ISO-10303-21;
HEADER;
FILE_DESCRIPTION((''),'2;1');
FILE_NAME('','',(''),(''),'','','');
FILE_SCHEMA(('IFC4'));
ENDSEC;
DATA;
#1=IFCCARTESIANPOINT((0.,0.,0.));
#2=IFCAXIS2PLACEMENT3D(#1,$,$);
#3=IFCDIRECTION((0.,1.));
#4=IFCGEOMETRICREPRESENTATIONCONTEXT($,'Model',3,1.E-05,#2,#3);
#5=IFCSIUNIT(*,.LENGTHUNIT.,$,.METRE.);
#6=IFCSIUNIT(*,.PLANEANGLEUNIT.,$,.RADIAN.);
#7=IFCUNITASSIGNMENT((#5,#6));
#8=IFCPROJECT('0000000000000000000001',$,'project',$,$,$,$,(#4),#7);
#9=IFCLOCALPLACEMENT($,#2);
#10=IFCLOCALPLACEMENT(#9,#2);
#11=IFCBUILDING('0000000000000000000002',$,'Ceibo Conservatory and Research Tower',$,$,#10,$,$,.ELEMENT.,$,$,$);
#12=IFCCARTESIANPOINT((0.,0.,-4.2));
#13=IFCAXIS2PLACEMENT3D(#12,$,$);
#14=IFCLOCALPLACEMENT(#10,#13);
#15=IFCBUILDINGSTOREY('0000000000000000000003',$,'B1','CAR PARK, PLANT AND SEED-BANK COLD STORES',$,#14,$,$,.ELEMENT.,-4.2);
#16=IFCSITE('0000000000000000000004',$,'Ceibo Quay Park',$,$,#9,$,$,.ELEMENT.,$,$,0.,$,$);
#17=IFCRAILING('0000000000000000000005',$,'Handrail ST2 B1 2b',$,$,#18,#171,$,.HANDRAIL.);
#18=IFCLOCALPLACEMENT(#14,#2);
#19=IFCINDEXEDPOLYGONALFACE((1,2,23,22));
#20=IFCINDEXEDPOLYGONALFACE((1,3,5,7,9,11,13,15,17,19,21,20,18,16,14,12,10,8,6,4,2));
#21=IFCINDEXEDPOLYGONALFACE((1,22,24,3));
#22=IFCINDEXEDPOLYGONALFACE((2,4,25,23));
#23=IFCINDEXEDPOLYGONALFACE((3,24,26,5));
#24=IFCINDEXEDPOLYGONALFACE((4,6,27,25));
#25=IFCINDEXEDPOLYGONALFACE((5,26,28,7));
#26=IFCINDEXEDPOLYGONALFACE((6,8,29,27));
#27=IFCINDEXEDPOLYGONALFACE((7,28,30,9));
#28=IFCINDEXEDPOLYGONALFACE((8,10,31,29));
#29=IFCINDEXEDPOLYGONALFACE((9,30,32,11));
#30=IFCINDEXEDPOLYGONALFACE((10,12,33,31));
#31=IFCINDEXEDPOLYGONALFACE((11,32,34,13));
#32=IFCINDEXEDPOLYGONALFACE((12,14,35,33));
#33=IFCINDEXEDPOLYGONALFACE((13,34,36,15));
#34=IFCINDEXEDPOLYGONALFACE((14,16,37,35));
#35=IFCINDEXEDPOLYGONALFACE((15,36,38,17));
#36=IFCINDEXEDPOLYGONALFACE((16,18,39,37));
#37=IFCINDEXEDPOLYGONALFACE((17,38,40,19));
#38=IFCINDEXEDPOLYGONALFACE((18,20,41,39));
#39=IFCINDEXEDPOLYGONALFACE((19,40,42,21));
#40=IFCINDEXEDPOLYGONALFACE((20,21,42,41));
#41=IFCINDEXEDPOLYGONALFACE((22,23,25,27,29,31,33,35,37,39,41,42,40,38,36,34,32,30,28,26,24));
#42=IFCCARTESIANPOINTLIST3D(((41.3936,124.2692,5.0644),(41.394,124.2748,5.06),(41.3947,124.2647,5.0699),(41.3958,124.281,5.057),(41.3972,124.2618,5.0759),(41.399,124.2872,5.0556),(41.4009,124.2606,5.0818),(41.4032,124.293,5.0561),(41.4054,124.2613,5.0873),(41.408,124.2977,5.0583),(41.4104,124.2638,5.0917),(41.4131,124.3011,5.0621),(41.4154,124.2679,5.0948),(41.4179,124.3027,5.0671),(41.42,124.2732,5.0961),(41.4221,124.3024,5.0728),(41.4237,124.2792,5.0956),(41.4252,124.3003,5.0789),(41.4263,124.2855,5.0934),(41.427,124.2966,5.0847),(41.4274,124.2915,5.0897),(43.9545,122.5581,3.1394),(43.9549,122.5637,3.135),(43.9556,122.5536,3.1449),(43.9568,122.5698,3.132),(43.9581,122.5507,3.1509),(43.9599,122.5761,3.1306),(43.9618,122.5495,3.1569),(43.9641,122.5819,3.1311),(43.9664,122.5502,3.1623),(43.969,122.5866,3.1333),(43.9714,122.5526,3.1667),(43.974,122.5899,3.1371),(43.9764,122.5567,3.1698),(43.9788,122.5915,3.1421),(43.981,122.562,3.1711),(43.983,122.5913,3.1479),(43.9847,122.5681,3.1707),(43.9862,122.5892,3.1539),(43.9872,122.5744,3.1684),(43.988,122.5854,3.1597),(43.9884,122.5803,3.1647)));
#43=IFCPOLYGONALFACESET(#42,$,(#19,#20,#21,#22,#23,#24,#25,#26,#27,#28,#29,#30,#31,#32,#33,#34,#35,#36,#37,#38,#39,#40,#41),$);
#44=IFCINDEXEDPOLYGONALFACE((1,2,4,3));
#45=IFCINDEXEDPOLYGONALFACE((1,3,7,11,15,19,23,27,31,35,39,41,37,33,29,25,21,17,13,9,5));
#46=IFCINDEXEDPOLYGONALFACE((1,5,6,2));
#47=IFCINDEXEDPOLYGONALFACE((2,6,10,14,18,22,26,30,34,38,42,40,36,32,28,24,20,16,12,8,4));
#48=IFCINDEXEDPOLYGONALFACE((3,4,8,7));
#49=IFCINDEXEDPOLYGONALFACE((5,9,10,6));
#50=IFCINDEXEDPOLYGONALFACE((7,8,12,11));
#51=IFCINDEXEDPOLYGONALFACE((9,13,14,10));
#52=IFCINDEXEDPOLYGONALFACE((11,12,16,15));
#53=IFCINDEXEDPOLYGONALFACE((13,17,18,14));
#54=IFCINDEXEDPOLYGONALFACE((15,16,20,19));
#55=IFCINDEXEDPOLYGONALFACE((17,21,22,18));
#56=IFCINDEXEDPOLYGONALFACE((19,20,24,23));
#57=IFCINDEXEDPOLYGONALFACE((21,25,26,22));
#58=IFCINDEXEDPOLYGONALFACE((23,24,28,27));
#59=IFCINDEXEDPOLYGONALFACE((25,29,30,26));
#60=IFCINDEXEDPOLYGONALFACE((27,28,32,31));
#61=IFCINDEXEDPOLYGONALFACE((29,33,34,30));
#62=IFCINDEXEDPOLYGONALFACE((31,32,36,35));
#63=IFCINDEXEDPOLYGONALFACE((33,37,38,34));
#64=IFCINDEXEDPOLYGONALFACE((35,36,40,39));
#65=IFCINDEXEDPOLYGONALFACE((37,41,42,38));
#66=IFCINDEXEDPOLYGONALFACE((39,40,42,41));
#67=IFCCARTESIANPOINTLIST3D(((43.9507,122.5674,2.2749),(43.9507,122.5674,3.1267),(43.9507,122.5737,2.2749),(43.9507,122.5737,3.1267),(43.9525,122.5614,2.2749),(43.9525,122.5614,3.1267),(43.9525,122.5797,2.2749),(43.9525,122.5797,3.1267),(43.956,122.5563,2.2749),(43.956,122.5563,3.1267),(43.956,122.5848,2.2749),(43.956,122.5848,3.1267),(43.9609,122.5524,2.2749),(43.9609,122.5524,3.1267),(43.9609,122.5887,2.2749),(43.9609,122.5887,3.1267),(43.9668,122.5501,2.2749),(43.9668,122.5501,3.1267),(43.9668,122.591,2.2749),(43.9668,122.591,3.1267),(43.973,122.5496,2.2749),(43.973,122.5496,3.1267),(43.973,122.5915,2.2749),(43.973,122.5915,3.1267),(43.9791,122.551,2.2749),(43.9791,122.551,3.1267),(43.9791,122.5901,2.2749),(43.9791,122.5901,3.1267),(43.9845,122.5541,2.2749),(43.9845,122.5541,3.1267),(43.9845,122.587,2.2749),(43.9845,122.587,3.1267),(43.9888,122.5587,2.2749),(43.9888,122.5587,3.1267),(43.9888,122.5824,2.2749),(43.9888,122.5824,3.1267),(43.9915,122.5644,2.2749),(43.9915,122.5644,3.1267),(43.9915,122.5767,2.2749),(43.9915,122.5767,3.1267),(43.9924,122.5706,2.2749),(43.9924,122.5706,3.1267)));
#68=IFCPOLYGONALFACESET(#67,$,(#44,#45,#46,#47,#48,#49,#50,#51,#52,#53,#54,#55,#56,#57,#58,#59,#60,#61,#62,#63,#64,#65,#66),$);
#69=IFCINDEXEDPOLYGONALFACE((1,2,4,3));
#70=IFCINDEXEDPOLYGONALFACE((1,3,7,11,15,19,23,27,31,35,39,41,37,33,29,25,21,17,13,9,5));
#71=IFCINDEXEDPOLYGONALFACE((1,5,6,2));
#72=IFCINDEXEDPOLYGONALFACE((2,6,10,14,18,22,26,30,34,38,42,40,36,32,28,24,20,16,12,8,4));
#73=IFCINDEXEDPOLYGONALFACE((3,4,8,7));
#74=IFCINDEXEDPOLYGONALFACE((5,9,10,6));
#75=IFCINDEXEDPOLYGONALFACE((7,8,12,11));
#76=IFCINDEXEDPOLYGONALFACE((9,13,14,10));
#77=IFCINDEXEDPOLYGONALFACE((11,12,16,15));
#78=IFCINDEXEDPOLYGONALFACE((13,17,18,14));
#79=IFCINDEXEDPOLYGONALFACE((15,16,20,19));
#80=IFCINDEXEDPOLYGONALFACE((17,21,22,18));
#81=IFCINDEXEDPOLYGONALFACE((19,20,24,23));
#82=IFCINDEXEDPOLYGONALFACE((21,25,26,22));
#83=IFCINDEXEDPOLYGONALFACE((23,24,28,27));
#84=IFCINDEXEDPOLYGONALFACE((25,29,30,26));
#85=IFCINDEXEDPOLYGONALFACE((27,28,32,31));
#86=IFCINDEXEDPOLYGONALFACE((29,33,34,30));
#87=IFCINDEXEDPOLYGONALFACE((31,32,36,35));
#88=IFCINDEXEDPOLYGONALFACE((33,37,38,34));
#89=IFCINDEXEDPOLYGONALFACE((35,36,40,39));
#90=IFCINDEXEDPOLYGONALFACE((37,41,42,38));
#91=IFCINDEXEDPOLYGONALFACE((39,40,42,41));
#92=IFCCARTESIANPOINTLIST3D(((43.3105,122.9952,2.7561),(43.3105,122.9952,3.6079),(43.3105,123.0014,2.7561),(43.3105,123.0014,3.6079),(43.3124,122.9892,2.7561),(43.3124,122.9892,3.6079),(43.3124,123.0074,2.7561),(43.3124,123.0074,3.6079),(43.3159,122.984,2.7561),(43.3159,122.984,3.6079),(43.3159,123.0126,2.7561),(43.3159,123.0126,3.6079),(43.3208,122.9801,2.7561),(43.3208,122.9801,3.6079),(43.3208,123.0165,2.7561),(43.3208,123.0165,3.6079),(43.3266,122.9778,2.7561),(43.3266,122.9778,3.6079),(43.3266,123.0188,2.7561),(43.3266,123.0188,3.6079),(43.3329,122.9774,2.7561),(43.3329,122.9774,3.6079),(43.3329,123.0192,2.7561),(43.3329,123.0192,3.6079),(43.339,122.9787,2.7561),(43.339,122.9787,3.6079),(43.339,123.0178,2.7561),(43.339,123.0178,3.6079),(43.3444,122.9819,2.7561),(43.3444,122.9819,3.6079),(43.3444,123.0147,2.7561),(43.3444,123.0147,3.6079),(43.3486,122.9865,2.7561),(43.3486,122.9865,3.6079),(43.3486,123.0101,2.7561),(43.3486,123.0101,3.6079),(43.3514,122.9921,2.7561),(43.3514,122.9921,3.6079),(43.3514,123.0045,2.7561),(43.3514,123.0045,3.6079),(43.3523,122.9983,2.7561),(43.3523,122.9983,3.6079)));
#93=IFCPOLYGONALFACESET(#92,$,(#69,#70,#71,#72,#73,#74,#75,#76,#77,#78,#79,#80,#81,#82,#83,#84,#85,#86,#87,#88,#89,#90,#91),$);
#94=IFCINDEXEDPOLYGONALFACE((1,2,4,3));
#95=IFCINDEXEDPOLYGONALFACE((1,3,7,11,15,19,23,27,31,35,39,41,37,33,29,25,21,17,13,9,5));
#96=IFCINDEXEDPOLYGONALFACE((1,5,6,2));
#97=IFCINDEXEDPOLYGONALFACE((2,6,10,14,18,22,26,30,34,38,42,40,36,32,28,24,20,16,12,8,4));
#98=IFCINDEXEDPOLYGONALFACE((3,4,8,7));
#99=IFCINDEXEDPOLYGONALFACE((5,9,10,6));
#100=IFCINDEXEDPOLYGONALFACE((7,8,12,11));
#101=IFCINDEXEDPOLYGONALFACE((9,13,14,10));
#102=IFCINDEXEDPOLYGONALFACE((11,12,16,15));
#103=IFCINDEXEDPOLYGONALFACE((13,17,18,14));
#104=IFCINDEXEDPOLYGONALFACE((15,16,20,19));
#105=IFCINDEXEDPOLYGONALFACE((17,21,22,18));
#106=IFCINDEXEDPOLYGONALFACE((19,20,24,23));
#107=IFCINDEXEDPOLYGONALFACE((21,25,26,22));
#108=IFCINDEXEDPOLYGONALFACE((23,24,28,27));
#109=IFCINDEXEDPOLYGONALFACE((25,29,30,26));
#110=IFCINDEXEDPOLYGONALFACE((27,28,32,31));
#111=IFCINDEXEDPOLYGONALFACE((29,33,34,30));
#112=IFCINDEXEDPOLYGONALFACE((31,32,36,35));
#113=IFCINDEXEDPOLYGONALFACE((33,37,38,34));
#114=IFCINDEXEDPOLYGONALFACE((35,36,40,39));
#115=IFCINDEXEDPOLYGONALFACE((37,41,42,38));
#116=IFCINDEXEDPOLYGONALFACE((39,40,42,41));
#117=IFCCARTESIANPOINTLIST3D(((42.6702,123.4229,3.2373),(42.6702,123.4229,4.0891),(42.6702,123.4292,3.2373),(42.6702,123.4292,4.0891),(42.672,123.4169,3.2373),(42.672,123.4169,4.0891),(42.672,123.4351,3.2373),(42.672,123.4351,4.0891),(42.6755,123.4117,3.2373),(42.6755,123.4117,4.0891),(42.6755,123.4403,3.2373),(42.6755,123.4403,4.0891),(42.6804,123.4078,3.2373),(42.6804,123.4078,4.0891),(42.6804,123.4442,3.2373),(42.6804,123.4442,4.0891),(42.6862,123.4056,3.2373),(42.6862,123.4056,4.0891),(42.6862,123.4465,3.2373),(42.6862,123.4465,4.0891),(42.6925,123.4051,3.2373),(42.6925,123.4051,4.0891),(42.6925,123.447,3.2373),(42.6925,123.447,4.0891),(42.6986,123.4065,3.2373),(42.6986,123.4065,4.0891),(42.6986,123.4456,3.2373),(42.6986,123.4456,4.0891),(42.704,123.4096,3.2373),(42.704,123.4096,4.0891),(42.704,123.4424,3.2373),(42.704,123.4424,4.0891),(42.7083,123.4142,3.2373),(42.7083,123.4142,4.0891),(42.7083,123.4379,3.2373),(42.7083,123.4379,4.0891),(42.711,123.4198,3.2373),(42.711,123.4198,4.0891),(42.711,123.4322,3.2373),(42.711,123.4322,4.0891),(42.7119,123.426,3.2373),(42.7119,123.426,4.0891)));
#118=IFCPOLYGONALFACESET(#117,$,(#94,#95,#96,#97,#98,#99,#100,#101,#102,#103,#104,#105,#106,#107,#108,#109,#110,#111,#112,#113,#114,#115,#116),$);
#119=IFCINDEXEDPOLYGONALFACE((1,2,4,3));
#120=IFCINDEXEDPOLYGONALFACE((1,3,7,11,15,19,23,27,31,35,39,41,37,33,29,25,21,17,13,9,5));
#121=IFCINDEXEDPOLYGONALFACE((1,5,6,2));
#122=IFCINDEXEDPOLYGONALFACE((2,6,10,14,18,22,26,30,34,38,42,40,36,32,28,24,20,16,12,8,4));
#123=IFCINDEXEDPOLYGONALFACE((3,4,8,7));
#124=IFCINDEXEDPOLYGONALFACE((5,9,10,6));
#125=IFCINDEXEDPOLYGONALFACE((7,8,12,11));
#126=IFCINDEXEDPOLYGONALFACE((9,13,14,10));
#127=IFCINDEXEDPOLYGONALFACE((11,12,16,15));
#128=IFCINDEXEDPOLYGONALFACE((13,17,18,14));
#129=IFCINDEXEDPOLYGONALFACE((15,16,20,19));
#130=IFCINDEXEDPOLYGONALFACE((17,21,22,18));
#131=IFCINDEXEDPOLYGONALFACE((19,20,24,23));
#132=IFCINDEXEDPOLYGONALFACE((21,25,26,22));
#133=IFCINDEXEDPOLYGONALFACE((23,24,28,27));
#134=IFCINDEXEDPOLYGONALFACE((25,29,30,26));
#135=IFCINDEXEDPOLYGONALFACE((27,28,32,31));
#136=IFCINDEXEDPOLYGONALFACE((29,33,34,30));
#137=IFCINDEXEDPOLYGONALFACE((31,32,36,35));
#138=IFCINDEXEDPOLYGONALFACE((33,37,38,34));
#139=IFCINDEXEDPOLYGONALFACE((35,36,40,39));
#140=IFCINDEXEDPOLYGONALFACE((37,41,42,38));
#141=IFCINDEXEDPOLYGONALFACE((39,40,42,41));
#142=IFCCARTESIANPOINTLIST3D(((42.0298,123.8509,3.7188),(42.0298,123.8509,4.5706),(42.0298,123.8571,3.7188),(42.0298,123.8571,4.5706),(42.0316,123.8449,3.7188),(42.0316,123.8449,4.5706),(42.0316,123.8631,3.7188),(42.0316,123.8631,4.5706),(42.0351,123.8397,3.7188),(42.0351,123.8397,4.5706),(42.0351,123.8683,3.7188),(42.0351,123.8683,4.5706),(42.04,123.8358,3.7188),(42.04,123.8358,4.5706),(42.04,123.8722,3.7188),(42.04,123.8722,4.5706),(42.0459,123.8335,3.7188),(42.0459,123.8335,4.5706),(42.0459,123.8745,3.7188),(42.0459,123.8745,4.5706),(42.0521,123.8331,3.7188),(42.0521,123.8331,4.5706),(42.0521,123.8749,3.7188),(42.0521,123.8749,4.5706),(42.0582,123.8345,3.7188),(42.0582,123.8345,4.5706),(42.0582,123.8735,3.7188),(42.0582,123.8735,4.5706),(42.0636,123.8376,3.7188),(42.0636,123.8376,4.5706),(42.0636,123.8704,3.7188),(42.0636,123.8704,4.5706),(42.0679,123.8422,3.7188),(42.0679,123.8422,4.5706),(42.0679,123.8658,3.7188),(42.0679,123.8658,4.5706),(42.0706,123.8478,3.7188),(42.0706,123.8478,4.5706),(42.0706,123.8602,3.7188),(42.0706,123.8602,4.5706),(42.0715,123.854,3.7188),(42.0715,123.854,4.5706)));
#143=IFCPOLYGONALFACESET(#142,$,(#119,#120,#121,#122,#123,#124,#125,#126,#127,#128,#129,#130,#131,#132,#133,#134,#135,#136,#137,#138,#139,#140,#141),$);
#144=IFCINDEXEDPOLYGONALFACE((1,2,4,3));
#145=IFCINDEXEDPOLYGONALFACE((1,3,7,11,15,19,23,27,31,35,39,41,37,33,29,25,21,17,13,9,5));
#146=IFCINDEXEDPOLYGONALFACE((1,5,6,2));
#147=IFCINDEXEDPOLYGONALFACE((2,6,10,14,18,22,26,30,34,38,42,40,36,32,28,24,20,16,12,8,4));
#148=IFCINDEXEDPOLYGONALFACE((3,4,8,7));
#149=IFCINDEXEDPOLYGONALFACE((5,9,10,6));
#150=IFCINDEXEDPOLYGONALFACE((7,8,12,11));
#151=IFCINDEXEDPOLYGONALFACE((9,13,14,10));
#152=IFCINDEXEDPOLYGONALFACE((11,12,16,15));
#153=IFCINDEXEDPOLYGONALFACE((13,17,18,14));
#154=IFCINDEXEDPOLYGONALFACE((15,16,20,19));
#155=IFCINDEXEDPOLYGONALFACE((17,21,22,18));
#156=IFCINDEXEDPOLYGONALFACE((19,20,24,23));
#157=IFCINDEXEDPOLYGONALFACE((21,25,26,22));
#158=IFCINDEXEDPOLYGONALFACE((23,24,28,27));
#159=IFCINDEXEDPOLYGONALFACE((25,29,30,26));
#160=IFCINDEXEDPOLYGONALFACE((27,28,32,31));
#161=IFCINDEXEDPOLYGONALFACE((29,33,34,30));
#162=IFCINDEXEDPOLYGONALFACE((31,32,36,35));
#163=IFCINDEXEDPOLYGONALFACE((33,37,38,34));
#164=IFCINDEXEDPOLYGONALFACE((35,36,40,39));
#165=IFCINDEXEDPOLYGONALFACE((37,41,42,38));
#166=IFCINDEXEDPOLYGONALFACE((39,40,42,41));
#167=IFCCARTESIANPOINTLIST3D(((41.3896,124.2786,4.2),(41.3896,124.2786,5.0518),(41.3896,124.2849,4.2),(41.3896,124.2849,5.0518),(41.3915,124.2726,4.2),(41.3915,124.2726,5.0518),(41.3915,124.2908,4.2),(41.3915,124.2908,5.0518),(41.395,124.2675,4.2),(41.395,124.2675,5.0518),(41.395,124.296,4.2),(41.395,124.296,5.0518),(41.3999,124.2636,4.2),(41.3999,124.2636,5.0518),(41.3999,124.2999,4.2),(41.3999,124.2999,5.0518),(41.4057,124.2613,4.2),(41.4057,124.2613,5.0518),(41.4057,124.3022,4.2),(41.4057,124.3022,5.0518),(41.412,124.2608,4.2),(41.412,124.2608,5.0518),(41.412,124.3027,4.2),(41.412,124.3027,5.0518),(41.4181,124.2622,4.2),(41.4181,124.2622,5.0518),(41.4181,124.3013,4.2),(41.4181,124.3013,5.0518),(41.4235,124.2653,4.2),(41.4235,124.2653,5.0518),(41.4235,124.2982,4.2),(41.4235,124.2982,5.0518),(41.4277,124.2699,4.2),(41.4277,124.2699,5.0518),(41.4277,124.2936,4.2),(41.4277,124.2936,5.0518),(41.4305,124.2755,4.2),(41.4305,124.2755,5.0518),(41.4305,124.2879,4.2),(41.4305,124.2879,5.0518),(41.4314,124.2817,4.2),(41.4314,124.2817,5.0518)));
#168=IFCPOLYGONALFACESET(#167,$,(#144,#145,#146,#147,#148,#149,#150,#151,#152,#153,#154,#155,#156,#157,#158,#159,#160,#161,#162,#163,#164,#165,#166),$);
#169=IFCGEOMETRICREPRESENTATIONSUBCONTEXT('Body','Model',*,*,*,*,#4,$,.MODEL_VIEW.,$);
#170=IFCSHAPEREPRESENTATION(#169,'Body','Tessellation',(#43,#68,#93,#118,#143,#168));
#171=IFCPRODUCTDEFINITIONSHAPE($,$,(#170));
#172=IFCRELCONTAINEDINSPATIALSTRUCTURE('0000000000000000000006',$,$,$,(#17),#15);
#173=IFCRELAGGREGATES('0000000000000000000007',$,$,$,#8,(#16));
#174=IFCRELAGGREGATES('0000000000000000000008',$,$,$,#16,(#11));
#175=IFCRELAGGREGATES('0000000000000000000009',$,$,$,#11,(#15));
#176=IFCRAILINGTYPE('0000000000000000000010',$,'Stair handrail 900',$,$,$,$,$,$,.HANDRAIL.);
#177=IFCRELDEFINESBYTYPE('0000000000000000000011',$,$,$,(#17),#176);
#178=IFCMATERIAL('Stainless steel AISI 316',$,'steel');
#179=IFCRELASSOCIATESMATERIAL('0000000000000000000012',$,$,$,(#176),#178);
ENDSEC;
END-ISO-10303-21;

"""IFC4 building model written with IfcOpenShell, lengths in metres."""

from ifc_helpers import new_model, si_unit, direction, frame, origin, origin_2d, place, context, subcontext, project, spatial, circle, extrude, material, type_object, element, save


model = new_model("IFC4")

# Units and contexts
model_context = context("Model", 3, precision=1e-05, world=origin(), true_north=direction((0.0, 1.0)))
body_context = subcontext(model_context, "Body", "Model", "MODEL_VIEW")
ifc_project = project(units=[si_unit("LENGTHUNIT", "METRE"), si_unit("PLANEANGLEUNIT", "RADIAN")], contexts=[model_context])

# Site, building, storey
site_placement = place(None, origin())
site = spatial("IfcSite", under=ifc_project, at=site_placement, Name="Ceibo Quay Park", CompositionType="ELEMENT", RefElevation=0.0)
building_placement = place(site_placement, origin())
building = spatial("IfcBuilding", under=site, at=building_placement, Name="Ceibo Conservatory and Research Tower", CompositionType="ELEMENT")
storey_placement = place(building_placement, frame((0.0, 0.0, -4.2)))
storey = spatial("IfcBuildingStorey", under=building, at=storey_placement, Name="B1", Description="CAR PARK, PLANT AND SEED-BANK COLD STORES", CompositionType="ELEMENT", Elevation=-4.2)

# Railing
ifc_material_1 = material(Name="Stainless steel AISI 316", Category="steel")
railing_type = type_object("IfcRailingType", Name="Stair handrail 900", PredefinedType="HANDRAIL", material=ifc_material_1)
railing_1_placement = place(storey_placement, frame((43.9714, 122.5706, 2.2749)))
element("IfcRailing", 1, at=railing_1_placement, inside=storey, type_object=railing_type, Name="Handrail ST2 B1 2b", PredefinedType="HANDRAIL", context=body_context, shape_type="SweptSolid", body=[
    extrude(circle(Radius=0.0239, at=origin_2d()), frame((0.0, 0.0, 0.876), z_axis=(-0.705093, 0.471115, 0.529996), x_axis=(-0.55556, -0.831477, 0.0)), (0.0, 0.0, 1.0), 3.6321),
    extrude(circle(Radius=0.021, at=origin_2d()), origin(), (0.0, 0.0, 1.0), 0.8518),
    extrude(circle(Radius=0.021, at=origin_2d()), frame((-0.6401, 0.4277, 0.4812)), (0.0, 0.0, 1.0), 0.8518),
    extrude(circle(Radius=0.021, at=origin_2d()), frame((-1.2805, 0.8555, 0.9624)), (0.0, 0.0, 1.0), 0.8518),
    extrude(circle(Radius=0.021, at=origin_2d()), frame((-1.9209, 1.2834, 1.4438)), (0.0, 0.0, 1.0), 0.8518),
    extrude(circle(Radius=0.021, at=origin_2d()), frame((-2.561, 1.7112, 1.925)), (0.0, 0.0, 1.0), 0.8518),
])

save(model, "model.ifc")
